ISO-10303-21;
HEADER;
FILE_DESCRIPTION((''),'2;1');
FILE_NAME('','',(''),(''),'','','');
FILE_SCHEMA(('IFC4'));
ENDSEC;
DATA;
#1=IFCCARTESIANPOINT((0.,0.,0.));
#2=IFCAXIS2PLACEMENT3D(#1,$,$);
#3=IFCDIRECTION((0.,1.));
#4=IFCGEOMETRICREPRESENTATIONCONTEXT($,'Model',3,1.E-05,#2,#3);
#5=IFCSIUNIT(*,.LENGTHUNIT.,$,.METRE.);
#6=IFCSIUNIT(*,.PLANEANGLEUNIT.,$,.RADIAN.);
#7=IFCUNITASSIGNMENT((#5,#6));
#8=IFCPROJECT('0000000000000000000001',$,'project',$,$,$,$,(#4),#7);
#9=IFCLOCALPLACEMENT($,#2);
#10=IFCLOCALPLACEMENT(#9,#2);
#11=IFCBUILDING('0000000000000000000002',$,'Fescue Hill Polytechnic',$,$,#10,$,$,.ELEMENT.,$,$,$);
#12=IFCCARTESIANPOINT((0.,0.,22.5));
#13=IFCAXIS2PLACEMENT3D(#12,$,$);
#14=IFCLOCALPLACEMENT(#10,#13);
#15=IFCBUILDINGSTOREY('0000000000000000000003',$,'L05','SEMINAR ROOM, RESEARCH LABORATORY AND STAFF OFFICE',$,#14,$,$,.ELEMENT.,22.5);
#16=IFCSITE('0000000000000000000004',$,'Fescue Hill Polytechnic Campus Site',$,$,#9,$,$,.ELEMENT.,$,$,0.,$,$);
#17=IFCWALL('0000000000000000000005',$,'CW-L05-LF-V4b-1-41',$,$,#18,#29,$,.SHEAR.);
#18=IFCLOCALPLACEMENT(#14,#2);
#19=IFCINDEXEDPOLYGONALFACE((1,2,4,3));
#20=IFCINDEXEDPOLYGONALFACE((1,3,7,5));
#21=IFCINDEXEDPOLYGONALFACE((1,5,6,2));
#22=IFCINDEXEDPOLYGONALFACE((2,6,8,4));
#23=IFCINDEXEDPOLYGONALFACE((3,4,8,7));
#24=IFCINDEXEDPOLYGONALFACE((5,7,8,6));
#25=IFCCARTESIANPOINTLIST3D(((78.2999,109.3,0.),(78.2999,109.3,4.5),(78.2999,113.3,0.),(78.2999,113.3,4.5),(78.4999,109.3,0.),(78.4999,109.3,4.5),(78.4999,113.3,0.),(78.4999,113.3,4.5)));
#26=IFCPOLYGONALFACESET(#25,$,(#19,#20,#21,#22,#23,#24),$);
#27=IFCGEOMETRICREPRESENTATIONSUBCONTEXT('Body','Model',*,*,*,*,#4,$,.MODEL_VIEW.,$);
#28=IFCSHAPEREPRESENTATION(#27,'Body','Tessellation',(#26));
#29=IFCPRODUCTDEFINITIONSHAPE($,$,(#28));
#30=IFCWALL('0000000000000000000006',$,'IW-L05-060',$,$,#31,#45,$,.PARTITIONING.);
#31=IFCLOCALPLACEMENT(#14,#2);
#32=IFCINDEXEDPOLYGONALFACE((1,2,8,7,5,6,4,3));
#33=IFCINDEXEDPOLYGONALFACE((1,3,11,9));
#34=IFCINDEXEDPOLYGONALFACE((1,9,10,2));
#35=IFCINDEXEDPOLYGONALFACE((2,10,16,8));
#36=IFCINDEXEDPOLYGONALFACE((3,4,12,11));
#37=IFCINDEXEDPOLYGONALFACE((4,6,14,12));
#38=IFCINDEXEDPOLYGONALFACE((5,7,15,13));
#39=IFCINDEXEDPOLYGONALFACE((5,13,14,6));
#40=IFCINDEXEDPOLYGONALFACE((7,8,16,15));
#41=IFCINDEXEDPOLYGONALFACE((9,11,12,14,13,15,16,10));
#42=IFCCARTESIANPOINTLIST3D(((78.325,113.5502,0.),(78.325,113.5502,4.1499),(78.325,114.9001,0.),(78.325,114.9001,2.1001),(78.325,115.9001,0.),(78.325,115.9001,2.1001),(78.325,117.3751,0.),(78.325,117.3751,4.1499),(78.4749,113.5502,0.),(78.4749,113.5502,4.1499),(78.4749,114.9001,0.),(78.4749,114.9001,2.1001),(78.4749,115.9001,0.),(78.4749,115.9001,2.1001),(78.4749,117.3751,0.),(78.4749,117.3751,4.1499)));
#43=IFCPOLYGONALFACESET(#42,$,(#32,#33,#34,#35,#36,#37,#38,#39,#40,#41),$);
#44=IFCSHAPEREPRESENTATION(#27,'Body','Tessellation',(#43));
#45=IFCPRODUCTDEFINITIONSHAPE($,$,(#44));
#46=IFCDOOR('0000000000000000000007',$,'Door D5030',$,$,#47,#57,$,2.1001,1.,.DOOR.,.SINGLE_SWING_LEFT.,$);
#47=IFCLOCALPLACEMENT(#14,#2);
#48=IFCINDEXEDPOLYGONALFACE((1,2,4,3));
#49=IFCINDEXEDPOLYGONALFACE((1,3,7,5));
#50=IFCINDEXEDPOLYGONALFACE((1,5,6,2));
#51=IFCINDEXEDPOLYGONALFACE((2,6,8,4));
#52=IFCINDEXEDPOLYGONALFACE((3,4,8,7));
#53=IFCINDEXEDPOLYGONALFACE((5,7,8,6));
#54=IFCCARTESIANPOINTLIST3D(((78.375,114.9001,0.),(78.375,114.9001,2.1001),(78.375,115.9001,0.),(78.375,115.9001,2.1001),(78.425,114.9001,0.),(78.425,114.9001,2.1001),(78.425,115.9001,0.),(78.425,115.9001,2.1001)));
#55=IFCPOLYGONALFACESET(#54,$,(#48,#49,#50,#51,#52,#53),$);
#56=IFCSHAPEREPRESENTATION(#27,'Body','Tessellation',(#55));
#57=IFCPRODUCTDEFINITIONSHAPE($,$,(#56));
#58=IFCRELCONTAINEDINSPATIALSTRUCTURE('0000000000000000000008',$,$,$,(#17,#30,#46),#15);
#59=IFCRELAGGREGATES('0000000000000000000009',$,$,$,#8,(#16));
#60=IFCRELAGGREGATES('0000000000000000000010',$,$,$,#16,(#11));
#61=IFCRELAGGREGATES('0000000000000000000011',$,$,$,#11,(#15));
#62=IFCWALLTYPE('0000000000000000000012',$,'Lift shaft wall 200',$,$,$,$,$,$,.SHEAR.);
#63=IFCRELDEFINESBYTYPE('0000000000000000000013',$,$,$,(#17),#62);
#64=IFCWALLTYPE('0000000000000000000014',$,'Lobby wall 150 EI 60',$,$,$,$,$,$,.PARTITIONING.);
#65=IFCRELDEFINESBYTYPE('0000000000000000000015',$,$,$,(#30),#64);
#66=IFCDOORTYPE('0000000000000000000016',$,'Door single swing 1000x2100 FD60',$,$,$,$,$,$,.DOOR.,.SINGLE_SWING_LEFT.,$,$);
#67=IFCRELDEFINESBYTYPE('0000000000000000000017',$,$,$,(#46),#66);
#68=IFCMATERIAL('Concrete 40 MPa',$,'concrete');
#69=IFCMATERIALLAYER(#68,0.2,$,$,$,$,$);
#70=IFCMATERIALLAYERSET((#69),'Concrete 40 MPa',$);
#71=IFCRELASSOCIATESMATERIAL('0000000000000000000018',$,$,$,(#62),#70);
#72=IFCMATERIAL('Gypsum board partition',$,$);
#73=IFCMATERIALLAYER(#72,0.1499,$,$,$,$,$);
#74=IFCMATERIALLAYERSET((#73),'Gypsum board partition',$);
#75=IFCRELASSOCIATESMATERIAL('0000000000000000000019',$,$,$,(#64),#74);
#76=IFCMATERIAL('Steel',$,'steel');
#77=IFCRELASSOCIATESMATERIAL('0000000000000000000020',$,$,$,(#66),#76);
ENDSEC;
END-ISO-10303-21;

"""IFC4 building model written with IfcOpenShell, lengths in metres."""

from ifc_helpers import new_model, si_unit, direction, frame, frame_2d, origin, place, context, subcontext, project, spatial, rectangle, extrude, material, layer, layer_set, type_object, element, fill, save


model = new_model("IFC4")

# Units and contexts
model_context = context("Model", 3, precision=1e-05, world=origin(), true_north=direction((0.0, 1.0)))
body_context = subcontext(model_context, "Body", "Model", "MODEL_VIEW")
ifc_project = project(units=[si_unit("LENGTHUNIT", "METRE"), si_unit("PLANEANGLEUNIT", "RADIAN")], contexts=[model_context])

# Site, building, storey
site_placement = place(None, origin())
site = spatial("IfcSite", under=ifc_project, at=site_placement, Name="Fescue Hill Polytechnic Campus Site", CompositionType="ELEMENT", RefElevation=0.0)
building_placement = place(site_placement, origin())
building = spatial("IfcBuilding", under=site, at=building_placement, Name="Fescue Hill Polytechnic", CompositionType="ELEMENT")
storey_placement = place(building_placement, frame((0.0, 0.0, 22.5)))
storey = spatial("IfcBuildingStorey", under=building, at=storey_placement, Name="L05", Description="SEMINAR ROOM, RESEARCH LABORATORY AND STAFF OFFICE", CompositionType="ELEMENT", Elevation=22.5)

# Shared definitions
ifc_material_1 = material(Name="Concrete 40 MPa", Category="concrete")

# Wall
ifc_layer_1 = layer(ifc_material_1, 0.2)
ifc_layer_set_1 = layer_set([ifc_layer_1], Name="Concrete 40 MPa")
wall_type_1 = type_object("IfcWallType", Name="Lift shaft wall 200", PredefinedType="SHEAR", material=ifc_layer_set_1)
wall_1_placement = place(storey_placement, frame((78.3999, 109.3, 0.0), z_axis=(0.0, 0.0, 1.0), x_axis=(0.0, 1.0, 0.0)))
element("IfcWall", 1, at=wall_1_placement, inside=storey, type_object=wall_type_1, Name="CW-L05-LF-V4b-1-41", PredefinedType="SHEAR", context=body_context, shape_type="SweptSolid", body=[
    extrude(rectangle(XDim=4.0, YDim=0.2, at=frame_2d((2.0, 0.0))), origin(), (0.0, 0.0, 1.0), 4.5),
])

# Wall, opening, door
ifc_material_2 = material(Name="Gypsum board partition")
ifc_layer_2 = layer(ifc_material_2, 0.1499)
ifc_layer_set_2 = layer_set([ifc_layer_2], Name="Gypsum board partition")
wall_type_2 = type_object("IfcWallType", Name="Lobby wall 150 EI 60", PredefinedType="PARTITIONING", material=ifc_layer_set_2)
wall_2_placement = place(storey_placement, frame((78.3999, 113.55, 0.0), z_axis=(0.0, 0.0, 1.0), x_axis=(0.0, 1.0, 0.0)))
wall_2 = element("IfcWall", 2, at=wall_2_placement, inside=storey, type_object=wall_type_2, Name="IW-L05-060", PredefinedType="PARTITIONING", context=body_context, shape_type="SweptSolid", body=[
    extrude(rectangle(XDim=3.825, YDim=0.1499, at=frame_2d((1.9126, 0.0))), origin(), (0.0, 0.0, 1.0), 4.1499),
])
opening_1_placement = place(wall_2_placement, frame((1.3501, 0.0, 0.0)))
opening_1 = element("IfcOpeningElement", 3, at=opening_1_placement, cuts=wall_2, PredefinedType="OPENING", context=body_context, shape_type="SweptSolid", body=[
    extrude(rectangle(XDim=1.0, YDim=2.1001, at=frame_2d((0.5, 1.05))), frame((0.0, 0.085, 0.0), z_axis=(0.0, -1.0, 0.0), x_axis=(1.0, 0.0, 0.0)), (0.0, 0.0, 1.0), 0.1699),
])
ifc_material_3 = material(Name="Steel", Category="steel")
door_type_1 = type_object("IfcDoorType", Name="Door single swing 1000x2100 FD60", OperationType="SINGLE_SWING_LEFT", PredefinedType="DOOR", material=ifc_material_3)
door_1_placement = place(opening_1_placement, origin())
door_1 = element("IfcDoor", 4, at=door_1_placement, inside=storey, type_object=door_type_1, Name="Door D5030", OperationType="SINGLE_SWING_LEFT", OverallHeight=2.1001, OverallWidth=1.0, PredefinedType="DOOR", context=body_context, shape_type="SweptSolid", body=[
    extrude(rectangle(XDim=1.0, YDim=2.1001, at=frame_2d((0.5, 1.05))), frame((0.0, 0.0249, 0.0), z_axis=(0.0, -1.0, 0.0), x_axis=(1.0, 0.0, 0.0)), (0.0, 0.0, 1.0), 0.05),
])
fill(opening_1, door_1)

save(model, "model.ifc")
